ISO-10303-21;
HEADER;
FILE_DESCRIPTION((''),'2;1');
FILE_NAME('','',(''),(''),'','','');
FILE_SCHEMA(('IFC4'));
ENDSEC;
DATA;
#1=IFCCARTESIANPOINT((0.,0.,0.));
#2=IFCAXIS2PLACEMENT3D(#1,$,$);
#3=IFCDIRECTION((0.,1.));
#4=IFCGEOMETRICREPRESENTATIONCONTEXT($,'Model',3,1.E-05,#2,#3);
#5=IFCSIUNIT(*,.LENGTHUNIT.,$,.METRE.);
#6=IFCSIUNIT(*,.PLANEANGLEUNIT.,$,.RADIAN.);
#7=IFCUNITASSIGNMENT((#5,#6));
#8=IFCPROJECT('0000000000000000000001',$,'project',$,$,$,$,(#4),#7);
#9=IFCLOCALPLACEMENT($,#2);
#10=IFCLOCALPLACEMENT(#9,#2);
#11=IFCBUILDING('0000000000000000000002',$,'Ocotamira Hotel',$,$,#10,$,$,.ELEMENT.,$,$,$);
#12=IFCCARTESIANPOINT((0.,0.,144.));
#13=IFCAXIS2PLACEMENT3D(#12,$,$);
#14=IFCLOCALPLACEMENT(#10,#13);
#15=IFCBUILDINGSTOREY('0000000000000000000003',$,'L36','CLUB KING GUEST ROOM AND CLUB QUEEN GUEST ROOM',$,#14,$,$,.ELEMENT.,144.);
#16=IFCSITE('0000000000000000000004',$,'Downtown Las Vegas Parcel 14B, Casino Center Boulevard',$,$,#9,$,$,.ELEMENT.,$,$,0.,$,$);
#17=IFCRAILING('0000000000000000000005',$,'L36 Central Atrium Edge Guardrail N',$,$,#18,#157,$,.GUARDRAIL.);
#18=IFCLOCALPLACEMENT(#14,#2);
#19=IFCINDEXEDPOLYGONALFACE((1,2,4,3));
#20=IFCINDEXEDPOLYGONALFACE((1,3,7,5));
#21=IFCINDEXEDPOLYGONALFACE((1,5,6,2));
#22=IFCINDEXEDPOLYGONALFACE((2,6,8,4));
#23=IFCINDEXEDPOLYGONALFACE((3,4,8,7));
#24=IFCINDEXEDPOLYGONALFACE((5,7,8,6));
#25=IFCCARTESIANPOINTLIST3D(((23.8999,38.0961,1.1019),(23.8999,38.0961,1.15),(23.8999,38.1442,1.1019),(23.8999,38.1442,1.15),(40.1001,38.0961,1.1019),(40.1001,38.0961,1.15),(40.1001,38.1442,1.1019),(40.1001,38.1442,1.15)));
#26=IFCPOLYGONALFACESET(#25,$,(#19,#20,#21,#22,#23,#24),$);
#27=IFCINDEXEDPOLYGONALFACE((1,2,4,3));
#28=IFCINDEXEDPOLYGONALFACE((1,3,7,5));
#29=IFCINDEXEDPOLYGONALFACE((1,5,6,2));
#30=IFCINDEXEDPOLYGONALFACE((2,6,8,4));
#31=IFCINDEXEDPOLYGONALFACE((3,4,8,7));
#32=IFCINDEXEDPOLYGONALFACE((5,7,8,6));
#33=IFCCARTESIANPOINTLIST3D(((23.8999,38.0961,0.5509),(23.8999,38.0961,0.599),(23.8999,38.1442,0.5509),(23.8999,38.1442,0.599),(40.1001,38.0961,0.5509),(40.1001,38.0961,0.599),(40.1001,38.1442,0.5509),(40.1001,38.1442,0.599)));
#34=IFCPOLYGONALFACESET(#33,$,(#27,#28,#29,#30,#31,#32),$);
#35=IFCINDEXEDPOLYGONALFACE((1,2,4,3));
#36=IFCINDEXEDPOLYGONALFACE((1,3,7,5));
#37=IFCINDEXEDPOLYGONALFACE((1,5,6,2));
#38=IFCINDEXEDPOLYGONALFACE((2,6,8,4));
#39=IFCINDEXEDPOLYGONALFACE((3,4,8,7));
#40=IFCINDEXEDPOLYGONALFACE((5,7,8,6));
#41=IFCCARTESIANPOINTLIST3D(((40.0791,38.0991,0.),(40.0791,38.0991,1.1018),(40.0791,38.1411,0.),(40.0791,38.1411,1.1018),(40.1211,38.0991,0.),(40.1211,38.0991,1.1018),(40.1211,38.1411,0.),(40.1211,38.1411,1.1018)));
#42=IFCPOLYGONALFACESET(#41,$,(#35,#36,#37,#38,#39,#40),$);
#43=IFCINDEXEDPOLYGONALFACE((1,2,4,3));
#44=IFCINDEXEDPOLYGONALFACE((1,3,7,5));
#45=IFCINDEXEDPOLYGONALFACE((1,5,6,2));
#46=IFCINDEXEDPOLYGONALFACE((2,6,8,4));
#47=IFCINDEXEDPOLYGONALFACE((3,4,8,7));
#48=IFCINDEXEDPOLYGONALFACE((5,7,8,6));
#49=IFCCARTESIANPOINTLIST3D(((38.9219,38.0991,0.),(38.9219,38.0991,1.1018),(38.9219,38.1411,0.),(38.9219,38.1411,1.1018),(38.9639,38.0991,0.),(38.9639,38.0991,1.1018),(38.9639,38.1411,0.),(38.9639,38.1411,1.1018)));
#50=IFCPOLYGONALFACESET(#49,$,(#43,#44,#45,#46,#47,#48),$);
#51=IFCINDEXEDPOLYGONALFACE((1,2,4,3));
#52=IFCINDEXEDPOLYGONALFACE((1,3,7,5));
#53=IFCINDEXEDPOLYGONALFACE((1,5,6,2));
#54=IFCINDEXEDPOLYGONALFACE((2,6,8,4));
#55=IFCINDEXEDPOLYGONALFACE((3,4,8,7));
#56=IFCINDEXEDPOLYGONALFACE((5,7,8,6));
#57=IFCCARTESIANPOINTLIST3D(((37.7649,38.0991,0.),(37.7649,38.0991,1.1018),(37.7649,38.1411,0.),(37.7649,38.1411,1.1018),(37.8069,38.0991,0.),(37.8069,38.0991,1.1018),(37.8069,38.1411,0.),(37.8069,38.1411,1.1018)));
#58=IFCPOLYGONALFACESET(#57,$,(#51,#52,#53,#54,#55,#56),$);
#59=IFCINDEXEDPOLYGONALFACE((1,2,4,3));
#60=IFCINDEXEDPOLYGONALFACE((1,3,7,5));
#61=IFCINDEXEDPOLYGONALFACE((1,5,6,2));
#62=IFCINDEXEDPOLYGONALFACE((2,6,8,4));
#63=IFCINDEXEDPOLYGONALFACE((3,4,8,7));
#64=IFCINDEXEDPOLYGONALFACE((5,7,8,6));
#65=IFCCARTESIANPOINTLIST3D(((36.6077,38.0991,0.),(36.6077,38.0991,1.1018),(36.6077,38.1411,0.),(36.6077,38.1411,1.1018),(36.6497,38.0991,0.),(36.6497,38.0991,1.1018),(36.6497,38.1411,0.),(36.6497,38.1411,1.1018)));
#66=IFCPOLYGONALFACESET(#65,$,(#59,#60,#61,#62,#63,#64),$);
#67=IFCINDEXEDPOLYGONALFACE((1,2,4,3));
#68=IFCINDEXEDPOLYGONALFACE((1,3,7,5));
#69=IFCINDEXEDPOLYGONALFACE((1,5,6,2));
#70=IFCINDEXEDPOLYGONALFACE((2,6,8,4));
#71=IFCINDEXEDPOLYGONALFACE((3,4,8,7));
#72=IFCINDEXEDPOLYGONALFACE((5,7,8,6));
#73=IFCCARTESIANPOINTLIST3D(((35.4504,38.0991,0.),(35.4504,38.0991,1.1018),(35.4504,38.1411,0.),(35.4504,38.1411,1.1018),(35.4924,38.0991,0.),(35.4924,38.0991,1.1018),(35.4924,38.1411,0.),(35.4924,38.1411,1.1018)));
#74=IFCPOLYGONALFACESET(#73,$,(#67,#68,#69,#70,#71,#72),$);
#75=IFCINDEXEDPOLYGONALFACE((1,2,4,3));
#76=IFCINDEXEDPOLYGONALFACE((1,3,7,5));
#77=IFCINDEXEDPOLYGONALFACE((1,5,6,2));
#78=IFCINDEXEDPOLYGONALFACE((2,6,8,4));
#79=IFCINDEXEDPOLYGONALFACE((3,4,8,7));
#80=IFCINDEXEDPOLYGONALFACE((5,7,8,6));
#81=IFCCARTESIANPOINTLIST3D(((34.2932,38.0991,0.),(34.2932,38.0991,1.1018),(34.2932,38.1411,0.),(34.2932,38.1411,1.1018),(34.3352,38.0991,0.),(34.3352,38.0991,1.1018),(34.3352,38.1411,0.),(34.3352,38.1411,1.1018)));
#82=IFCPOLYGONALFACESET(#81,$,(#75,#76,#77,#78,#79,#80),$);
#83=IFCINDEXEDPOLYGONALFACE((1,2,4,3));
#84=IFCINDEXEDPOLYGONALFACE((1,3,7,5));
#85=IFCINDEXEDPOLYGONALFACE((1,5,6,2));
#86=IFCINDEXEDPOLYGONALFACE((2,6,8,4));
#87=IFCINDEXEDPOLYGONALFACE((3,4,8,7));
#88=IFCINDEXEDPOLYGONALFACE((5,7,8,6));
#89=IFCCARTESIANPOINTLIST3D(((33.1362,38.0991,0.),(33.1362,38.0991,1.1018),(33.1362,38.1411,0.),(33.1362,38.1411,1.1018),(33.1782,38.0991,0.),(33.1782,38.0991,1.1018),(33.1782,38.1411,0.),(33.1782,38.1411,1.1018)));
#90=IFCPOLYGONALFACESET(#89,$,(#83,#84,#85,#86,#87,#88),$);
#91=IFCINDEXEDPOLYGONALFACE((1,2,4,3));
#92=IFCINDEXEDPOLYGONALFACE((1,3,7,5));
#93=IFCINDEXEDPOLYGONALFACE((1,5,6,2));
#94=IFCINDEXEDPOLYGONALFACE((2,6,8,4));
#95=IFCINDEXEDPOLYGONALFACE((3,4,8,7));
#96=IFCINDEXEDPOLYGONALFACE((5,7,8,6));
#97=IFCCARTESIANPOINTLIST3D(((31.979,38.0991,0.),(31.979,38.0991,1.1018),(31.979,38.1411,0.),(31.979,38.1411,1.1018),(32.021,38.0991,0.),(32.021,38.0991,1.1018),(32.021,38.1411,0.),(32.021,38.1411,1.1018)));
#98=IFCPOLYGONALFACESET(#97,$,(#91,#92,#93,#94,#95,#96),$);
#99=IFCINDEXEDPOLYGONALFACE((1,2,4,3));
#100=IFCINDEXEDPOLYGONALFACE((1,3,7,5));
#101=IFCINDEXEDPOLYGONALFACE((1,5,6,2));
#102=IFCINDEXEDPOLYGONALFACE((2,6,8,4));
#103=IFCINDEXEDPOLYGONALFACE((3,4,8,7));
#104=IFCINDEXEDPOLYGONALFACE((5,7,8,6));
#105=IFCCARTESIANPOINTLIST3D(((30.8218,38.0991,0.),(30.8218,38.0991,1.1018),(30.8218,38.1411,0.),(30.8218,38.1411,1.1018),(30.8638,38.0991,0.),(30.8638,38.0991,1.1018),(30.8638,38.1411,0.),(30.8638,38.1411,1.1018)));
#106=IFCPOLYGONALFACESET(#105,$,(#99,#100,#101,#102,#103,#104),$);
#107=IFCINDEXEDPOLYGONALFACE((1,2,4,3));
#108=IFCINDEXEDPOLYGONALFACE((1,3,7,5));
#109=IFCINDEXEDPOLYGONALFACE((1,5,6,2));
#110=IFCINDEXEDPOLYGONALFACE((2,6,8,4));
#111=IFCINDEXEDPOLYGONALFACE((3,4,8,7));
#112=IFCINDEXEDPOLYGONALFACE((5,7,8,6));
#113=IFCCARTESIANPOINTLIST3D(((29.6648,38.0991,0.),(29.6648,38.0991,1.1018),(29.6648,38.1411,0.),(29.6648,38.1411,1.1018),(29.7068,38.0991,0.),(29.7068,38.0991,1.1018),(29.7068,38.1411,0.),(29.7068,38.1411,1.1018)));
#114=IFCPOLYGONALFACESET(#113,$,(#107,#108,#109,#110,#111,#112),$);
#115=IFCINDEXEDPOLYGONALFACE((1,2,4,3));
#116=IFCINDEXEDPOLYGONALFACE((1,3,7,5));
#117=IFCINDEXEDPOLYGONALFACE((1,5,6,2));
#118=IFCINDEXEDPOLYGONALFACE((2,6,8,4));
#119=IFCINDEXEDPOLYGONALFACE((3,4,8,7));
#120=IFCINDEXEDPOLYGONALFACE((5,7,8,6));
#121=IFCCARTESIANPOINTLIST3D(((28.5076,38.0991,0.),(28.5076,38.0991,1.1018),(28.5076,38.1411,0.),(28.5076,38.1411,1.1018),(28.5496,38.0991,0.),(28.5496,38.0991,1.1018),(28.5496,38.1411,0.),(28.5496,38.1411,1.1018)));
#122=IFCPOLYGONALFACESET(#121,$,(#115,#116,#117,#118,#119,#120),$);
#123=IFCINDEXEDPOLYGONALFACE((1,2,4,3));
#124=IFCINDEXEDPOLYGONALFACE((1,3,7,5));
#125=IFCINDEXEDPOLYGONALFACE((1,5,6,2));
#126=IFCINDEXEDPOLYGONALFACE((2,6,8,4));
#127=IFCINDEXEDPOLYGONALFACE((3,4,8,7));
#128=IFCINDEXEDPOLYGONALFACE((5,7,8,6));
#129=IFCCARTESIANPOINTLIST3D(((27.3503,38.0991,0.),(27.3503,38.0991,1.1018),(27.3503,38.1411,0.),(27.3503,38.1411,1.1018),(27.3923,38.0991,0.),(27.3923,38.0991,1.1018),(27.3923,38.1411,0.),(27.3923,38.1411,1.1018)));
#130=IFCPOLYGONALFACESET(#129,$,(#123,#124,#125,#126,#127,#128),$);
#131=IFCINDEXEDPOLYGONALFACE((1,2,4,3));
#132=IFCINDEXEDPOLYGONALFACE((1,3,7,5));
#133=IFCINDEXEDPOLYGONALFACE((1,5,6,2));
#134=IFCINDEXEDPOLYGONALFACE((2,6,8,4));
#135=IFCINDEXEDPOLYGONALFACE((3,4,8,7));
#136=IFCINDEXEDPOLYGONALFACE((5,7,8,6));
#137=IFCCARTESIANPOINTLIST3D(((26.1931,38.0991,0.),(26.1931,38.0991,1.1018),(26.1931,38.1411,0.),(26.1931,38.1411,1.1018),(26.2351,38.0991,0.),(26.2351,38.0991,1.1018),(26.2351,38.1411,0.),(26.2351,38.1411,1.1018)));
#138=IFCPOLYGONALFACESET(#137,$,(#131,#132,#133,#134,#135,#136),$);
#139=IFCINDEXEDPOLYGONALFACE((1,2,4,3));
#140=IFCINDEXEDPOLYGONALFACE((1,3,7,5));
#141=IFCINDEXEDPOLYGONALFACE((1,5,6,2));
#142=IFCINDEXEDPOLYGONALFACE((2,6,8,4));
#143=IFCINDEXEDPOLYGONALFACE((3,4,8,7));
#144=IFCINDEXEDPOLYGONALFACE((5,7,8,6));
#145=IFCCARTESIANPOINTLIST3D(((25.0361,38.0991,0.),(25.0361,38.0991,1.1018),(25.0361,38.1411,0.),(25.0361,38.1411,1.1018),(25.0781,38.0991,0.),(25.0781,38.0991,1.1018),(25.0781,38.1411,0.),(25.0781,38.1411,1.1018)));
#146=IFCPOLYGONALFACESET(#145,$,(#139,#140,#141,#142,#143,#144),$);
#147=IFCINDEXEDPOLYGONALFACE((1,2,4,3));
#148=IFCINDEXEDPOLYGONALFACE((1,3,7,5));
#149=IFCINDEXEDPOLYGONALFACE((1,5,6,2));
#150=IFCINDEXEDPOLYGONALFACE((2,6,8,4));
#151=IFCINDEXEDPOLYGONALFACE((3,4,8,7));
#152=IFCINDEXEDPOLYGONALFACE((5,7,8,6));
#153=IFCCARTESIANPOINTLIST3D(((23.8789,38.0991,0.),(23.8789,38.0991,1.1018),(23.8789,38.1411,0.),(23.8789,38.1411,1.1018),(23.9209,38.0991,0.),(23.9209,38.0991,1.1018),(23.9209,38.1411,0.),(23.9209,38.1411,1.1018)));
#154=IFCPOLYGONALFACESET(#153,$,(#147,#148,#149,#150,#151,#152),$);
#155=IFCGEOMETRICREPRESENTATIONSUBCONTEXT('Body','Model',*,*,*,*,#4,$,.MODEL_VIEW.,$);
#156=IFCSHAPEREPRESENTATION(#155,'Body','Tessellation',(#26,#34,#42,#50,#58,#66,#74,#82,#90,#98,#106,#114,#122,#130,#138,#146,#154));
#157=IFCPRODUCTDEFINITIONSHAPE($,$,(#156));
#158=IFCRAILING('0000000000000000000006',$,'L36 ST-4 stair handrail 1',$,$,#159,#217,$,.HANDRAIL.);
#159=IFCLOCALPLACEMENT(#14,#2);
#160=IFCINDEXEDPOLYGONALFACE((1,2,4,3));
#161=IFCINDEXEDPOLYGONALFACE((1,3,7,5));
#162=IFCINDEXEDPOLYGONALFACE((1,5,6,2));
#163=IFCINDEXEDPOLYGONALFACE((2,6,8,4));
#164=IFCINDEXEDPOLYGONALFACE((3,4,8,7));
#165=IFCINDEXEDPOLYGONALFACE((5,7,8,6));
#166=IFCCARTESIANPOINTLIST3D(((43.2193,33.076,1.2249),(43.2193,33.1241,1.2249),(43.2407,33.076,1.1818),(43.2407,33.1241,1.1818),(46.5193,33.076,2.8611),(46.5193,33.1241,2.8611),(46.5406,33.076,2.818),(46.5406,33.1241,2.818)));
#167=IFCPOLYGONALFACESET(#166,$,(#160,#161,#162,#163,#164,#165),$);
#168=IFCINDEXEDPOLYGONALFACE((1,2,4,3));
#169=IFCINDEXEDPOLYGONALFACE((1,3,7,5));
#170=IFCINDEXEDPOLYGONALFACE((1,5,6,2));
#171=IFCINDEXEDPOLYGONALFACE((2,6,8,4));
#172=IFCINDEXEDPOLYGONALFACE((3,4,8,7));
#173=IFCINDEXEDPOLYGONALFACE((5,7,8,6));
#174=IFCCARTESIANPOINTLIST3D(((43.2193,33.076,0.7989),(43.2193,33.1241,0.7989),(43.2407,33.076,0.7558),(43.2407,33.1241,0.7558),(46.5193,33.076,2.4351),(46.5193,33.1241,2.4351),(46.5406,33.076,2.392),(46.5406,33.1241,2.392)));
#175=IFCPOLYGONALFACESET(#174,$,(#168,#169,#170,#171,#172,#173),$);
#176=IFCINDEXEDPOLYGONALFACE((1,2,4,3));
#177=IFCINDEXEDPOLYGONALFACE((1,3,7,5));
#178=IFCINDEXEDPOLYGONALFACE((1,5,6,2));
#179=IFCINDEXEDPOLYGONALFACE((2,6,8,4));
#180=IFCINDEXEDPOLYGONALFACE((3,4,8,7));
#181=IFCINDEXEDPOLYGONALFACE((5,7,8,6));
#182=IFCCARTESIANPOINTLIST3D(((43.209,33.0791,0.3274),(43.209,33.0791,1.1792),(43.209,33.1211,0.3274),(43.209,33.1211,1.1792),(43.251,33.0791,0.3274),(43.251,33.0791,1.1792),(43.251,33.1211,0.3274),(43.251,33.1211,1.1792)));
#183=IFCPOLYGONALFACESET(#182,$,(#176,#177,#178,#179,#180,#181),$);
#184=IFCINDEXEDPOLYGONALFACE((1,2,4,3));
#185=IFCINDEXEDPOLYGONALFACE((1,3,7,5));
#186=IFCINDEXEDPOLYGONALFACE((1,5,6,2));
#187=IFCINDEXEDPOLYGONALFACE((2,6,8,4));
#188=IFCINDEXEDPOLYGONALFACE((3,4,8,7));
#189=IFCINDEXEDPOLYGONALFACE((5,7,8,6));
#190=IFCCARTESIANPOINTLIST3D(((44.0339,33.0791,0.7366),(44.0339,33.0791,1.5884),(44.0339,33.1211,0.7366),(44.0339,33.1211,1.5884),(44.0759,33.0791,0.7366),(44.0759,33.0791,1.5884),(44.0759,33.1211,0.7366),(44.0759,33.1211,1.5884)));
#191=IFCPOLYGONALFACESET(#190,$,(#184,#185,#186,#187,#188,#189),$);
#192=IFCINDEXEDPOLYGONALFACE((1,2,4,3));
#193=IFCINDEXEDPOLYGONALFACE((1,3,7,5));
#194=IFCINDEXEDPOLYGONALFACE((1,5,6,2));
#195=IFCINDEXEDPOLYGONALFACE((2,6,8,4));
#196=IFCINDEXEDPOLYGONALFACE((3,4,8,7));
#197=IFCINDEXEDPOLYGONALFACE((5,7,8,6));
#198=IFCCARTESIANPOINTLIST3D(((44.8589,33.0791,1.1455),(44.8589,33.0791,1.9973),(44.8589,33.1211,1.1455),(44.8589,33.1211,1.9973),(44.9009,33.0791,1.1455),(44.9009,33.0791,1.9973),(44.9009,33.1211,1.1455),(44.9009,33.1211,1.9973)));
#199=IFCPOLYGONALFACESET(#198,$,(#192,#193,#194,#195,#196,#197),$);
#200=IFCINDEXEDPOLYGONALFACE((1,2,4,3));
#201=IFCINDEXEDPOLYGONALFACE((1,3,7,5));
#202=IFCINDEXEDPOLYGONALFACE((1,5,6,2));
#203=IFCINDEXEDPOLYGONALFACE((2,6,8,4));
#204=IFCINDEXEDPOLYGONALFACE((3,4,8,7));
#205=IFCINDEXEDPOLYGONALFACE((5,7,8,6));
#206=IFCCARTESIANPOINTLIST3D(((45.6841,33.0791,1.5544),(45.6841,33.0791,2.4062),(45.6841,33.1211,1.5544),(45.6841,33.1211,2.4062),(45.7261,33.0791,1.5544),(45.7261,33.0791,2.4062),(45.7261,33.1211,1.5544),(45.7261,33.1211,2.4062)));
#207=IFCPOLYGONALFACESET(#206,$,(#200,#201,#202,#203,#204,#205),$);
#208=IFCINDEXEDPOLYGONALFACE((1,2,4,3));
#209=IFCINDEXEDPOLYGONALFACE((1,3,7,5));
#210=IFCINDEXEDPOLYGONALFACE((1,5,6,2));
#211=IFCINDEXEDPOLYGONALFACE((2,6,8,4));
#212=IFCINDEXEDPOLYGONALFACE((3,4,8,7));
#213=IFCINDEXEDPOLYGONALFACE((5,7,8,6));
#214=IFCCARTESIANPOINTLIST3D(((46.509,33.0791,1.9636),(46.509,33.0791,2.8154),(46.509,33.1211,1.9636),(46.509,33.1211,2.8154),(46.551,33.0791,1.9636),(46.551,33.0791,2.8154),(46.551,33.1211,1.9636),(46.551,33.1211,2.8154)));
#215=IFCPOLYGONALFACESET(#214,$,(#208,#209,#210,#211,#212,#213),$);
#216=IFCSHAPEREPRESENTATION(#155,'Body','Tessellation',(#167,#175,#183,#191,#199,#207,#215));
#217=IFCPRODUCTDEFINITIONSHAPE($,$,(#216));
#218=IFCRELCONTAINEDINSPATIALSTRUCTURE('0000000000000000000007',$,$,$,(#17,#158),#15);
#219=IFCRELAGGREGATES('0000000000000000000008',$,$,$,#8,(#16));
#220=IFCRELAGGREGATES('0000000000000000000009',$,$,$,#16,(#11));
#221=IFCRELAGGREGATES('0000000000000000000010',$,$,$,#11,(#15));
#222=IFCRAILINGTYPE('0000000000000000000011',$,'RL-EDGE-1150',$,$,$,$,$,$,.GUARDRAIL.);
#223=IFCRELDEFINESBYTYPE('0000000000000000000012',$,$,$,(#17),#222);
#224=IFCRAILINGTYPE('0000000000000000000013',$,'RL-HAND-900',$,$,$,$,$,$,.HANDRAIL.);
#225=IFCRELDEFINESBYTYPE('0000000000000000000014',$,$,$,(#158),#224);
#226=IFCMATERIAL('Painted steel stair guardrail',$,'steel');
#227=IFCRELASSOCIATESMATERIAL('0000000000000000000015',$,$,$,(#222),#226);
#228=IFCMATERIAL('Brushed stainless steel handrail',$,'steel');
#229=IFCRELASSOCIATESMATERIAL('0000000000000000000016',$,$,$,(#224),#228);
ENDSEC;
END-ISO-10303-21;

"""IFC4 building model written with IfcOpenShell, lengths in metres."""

from ifc_helpers import new_model, si_unit, direction, frame, origin, origin_2d, place, context, subcontext, project, spatial, rectangle, extrude, material, type_object, element, save


model = new_model("IFC4")

# Units and contexts
model_context = context("Model", 3, precision=1e-05, world=origin(), true_north=direction((0.0, 1.0)))
body_context = subcontext(model_context, "Body", "Model", "MODEL_VIEW")
ifc_project = project(units=[si_unit("LENGTHUNIT", "METRE"), si_unit("PLANEANGLEUNIT", "RADIAN")], contexts=[model_context])

# Site, building, storey
site_placement = place(None, origin())
site = spatial("IfcSite", under=ifc_project, at=site_placement, Name="Downtown Las Vegas Parcel 14B, Casino Center Boulevard", CompositionType="ELEMENT", RefElevation=0.0)
building_placement = place(site_placement, origin())
building = spatial("IfcBuilding", under=site, at=building_placement, Name="Ocotamira Hotel", CompositionType="ELEMENT")
storey_placement = place(building_placement, frame((0.0, 0.0, 144.0)))
storey = spatial("IfcBuildingStorey", under=building, at=storey_placement, Name="L36", Description="CLUB KING GUEST ROOM AND CLUB QUEEN GUEST ROOM", CompositionType="ELEMENT", Elevation=144.0)

# Railings
ifc_material_1 = material(Name="Painted steel stair guardrail", Category="steel")
railing_type_1 = type_object("IfcRailingType", Name="RL-EDGE-1150", PredefinedType="GUARDRAIL", material=ifc_material_1)
railing_1_placement = place(storey_placement, frame((40.1001, 38.1201, 0.0)))
element("IfcRailing", 1, at=railing_1_placement, inside=storey, type_object=railing_type_1, Name="L36 Central Atrium Edge Guardrail N", PredefinedType="GUARDRAIL", context=body_context, shape_type="SweptSolid", body=[
    extrude(rectangle(XDim=0.0481, YDim=0.0481, at=origin_2d()), frame((0.0, 0.0, 1.126), z_axis=(-1.0, 0.0, 0.0), x_axis=(0.0, -1.0, 0.0)), (0.0, 0.0, 1.0), 16.2002),
    extrude(rectangle(XDim=0.0481, YDim=0.0481, at=origin_2d()), frame((0.0, 0.0, 0.575), z_axis=(-1.0, 0.0, 0.0), x_axis=(0.0, -1.0, 0.0)), (0.0, 0.0, 1.0), 16.2002),
    extrude(rectangle(XDim=0.042, YDim=0.042, at=origin_2d()), origin(), (0.0, 0.0, 1.0), 1.1018),
    extrude(rectangle(XDim=0.042, YDim=0.042, at=origin_2d()), frame((-1.1572, 0.0, 0.0)), (0.0, 0.0, 1.0), 1.1018),
    extrude(rectangle(XDim=0.042, YDim=0.042, at=origin_2d()), frame((-2.3142, 0.0, 0.0)), (0.0, 0.0, 1.0), 1.1018),
    extrude(rectangle(XDim=0.042, YDim=0.042, at=origin_2d()), frame((-3.4714, 0.0, 0.0)), (0.0, 0.0, 1.0), 1.1018),
    extrude(rectangle(XDim=0.042, YDim=0.042, at=origin_2d()), frame((-4.6287, 0.0, 0.0)), (0.0, 0.0, 1.0), 1.1018),
    extrude(rectangle(XDim=0.042, YDim=0.042, at=origin_2d()), frame((-5.7859, 0.0, 0.0)), (0.0, 0.0, 1.0), 1.1018),
    extrude(rectangle(XDim=0.042, YDim=0.042, at=origin_2d()), frame((-6.9429, 0.0, 0.0)), (0.0, 0.0, 1.0), 1.1018),
    extrude(rectangle(XDim=0.042, YDim=0.042, at=origin_2d()), frame((-8.1001, 0.0, 0.0)), (0.0, 0.0, 1.0), 1.1018),
    extrude(rectangle(XDim=0.042, YDim=0.042, at=origin_2d()), frame((-9.2573, 0.0, 0.0)), (0.0, 0.0, 1.0), 1.1018),
    extrude(rectangle(XDim=0.042, YDim=0.042, at=origin_2d()), frame((-10.4143, 0.0, 0.0)), (0.0, 0.0, 1.0), 1.1018),
    extrude(rectangle(XDim=0.042, YDim=0.042, at=origin_2d()), frame((-11.5715, 0.0, 0.0)), (0.0, 0.0, 1.0), 1.1018),
    extrude(rectangle(XDim=0.042, YDim=0.042, at=origin_2d()), frame((-12.7288, 0.0, 0.0)), (0.0, 0.0, 1.0), 1.1018),
    extrude(rectangle(XDim=0.042, YDim=0.042, at=origin_2d()), frame((-13.886, 0.0, 0.0)), (0.0, 0.0, 1.0), 1.1018),
    extrude(rectangle(XDim=0.042, YDim=0.042, at=origin_2d()), frame((-15.043, 0.0, 0.0)), (0.0, 0.0, 1.0), 1.1018),
    extrude(rectangle(XDim=0.042, YDim=0.042, at=origin_2d()), frame((-16.2002, 0.0, 0.0)), (0.0, 0.0, 1.0), 1.1018),
])
ifc_material_2 = material(Name="Brushed stainless steel handrail", Category="steel")
railing_type_2 = type_object("IfcRailingType", Name="RL-HAND-900", PredefinedType="HANDRAIL", material=ifc_material_2)
railing_2_placement = place(storey_placement, frame((43.23, 33.1001, 0.3274)))
element("IfcRailing", 2, at=railing_2_placement, inside=storey, type_object=railing_type_2, Name="L36 ST-4 stair handrail 1", PredefinedType="HANDRAIL", context=body_context, shape_type="SweptSolid", body=[
    extrude(rectangle(XDim=0.0481, YDim=0.0481, at=origin_2d()), frame((0.0, 0.0, 0.876), z_axis=(0.89592, 0.0, 0.444215), x_axis=(0.0, 1.0, 0.0)), (0.0, 0.0, 1.0), 3.6833),
    extrude(rectangle(XDim=0.0481, YDim=0.0481, at=origin_2d()), frame((0.0, 0.0, 0.45), z_axis=(0.89592, 0.0, 0.444215), x_axis=(0.0, 1.0, 0.0)), (0.0, 0.0, 1.0), 3.6833),
    extrude(rectangle(XDim=0.042, YDim=0.042, at=origin_2d()), origin(), (0.0, 0.0, 1.0), 0.8518),
    extrude(rectangle(XDim=0.042, YDim=0.042, at=origin_2d()), frame((0.825, 0.0, 0.4092)), (0.0, 0.0, 1.0), 0.8518),
    extrude(rectangle(XDim=0.042, YDim=0.042, at=origin_2d()), frame((1.6499, 0.0, 0.8181)), (0.0, 0.0, 1.0), 0.8518),
    extrude(rectangle(XDim=0.042, YDim=0.042, at=origin_2d()), frame((2.4751, 0.0, 1.2271)), (0.0, 0.0, 1.0), 0.8518),
    extrude(rectangle(XDim=0.042, YDim=0.042, at=origin_2d()), frame((3.3, 0.0, 1.6362)), (0.0, 0.0, 1.0), 0.8518),
])

save(model, "model.ifc")
